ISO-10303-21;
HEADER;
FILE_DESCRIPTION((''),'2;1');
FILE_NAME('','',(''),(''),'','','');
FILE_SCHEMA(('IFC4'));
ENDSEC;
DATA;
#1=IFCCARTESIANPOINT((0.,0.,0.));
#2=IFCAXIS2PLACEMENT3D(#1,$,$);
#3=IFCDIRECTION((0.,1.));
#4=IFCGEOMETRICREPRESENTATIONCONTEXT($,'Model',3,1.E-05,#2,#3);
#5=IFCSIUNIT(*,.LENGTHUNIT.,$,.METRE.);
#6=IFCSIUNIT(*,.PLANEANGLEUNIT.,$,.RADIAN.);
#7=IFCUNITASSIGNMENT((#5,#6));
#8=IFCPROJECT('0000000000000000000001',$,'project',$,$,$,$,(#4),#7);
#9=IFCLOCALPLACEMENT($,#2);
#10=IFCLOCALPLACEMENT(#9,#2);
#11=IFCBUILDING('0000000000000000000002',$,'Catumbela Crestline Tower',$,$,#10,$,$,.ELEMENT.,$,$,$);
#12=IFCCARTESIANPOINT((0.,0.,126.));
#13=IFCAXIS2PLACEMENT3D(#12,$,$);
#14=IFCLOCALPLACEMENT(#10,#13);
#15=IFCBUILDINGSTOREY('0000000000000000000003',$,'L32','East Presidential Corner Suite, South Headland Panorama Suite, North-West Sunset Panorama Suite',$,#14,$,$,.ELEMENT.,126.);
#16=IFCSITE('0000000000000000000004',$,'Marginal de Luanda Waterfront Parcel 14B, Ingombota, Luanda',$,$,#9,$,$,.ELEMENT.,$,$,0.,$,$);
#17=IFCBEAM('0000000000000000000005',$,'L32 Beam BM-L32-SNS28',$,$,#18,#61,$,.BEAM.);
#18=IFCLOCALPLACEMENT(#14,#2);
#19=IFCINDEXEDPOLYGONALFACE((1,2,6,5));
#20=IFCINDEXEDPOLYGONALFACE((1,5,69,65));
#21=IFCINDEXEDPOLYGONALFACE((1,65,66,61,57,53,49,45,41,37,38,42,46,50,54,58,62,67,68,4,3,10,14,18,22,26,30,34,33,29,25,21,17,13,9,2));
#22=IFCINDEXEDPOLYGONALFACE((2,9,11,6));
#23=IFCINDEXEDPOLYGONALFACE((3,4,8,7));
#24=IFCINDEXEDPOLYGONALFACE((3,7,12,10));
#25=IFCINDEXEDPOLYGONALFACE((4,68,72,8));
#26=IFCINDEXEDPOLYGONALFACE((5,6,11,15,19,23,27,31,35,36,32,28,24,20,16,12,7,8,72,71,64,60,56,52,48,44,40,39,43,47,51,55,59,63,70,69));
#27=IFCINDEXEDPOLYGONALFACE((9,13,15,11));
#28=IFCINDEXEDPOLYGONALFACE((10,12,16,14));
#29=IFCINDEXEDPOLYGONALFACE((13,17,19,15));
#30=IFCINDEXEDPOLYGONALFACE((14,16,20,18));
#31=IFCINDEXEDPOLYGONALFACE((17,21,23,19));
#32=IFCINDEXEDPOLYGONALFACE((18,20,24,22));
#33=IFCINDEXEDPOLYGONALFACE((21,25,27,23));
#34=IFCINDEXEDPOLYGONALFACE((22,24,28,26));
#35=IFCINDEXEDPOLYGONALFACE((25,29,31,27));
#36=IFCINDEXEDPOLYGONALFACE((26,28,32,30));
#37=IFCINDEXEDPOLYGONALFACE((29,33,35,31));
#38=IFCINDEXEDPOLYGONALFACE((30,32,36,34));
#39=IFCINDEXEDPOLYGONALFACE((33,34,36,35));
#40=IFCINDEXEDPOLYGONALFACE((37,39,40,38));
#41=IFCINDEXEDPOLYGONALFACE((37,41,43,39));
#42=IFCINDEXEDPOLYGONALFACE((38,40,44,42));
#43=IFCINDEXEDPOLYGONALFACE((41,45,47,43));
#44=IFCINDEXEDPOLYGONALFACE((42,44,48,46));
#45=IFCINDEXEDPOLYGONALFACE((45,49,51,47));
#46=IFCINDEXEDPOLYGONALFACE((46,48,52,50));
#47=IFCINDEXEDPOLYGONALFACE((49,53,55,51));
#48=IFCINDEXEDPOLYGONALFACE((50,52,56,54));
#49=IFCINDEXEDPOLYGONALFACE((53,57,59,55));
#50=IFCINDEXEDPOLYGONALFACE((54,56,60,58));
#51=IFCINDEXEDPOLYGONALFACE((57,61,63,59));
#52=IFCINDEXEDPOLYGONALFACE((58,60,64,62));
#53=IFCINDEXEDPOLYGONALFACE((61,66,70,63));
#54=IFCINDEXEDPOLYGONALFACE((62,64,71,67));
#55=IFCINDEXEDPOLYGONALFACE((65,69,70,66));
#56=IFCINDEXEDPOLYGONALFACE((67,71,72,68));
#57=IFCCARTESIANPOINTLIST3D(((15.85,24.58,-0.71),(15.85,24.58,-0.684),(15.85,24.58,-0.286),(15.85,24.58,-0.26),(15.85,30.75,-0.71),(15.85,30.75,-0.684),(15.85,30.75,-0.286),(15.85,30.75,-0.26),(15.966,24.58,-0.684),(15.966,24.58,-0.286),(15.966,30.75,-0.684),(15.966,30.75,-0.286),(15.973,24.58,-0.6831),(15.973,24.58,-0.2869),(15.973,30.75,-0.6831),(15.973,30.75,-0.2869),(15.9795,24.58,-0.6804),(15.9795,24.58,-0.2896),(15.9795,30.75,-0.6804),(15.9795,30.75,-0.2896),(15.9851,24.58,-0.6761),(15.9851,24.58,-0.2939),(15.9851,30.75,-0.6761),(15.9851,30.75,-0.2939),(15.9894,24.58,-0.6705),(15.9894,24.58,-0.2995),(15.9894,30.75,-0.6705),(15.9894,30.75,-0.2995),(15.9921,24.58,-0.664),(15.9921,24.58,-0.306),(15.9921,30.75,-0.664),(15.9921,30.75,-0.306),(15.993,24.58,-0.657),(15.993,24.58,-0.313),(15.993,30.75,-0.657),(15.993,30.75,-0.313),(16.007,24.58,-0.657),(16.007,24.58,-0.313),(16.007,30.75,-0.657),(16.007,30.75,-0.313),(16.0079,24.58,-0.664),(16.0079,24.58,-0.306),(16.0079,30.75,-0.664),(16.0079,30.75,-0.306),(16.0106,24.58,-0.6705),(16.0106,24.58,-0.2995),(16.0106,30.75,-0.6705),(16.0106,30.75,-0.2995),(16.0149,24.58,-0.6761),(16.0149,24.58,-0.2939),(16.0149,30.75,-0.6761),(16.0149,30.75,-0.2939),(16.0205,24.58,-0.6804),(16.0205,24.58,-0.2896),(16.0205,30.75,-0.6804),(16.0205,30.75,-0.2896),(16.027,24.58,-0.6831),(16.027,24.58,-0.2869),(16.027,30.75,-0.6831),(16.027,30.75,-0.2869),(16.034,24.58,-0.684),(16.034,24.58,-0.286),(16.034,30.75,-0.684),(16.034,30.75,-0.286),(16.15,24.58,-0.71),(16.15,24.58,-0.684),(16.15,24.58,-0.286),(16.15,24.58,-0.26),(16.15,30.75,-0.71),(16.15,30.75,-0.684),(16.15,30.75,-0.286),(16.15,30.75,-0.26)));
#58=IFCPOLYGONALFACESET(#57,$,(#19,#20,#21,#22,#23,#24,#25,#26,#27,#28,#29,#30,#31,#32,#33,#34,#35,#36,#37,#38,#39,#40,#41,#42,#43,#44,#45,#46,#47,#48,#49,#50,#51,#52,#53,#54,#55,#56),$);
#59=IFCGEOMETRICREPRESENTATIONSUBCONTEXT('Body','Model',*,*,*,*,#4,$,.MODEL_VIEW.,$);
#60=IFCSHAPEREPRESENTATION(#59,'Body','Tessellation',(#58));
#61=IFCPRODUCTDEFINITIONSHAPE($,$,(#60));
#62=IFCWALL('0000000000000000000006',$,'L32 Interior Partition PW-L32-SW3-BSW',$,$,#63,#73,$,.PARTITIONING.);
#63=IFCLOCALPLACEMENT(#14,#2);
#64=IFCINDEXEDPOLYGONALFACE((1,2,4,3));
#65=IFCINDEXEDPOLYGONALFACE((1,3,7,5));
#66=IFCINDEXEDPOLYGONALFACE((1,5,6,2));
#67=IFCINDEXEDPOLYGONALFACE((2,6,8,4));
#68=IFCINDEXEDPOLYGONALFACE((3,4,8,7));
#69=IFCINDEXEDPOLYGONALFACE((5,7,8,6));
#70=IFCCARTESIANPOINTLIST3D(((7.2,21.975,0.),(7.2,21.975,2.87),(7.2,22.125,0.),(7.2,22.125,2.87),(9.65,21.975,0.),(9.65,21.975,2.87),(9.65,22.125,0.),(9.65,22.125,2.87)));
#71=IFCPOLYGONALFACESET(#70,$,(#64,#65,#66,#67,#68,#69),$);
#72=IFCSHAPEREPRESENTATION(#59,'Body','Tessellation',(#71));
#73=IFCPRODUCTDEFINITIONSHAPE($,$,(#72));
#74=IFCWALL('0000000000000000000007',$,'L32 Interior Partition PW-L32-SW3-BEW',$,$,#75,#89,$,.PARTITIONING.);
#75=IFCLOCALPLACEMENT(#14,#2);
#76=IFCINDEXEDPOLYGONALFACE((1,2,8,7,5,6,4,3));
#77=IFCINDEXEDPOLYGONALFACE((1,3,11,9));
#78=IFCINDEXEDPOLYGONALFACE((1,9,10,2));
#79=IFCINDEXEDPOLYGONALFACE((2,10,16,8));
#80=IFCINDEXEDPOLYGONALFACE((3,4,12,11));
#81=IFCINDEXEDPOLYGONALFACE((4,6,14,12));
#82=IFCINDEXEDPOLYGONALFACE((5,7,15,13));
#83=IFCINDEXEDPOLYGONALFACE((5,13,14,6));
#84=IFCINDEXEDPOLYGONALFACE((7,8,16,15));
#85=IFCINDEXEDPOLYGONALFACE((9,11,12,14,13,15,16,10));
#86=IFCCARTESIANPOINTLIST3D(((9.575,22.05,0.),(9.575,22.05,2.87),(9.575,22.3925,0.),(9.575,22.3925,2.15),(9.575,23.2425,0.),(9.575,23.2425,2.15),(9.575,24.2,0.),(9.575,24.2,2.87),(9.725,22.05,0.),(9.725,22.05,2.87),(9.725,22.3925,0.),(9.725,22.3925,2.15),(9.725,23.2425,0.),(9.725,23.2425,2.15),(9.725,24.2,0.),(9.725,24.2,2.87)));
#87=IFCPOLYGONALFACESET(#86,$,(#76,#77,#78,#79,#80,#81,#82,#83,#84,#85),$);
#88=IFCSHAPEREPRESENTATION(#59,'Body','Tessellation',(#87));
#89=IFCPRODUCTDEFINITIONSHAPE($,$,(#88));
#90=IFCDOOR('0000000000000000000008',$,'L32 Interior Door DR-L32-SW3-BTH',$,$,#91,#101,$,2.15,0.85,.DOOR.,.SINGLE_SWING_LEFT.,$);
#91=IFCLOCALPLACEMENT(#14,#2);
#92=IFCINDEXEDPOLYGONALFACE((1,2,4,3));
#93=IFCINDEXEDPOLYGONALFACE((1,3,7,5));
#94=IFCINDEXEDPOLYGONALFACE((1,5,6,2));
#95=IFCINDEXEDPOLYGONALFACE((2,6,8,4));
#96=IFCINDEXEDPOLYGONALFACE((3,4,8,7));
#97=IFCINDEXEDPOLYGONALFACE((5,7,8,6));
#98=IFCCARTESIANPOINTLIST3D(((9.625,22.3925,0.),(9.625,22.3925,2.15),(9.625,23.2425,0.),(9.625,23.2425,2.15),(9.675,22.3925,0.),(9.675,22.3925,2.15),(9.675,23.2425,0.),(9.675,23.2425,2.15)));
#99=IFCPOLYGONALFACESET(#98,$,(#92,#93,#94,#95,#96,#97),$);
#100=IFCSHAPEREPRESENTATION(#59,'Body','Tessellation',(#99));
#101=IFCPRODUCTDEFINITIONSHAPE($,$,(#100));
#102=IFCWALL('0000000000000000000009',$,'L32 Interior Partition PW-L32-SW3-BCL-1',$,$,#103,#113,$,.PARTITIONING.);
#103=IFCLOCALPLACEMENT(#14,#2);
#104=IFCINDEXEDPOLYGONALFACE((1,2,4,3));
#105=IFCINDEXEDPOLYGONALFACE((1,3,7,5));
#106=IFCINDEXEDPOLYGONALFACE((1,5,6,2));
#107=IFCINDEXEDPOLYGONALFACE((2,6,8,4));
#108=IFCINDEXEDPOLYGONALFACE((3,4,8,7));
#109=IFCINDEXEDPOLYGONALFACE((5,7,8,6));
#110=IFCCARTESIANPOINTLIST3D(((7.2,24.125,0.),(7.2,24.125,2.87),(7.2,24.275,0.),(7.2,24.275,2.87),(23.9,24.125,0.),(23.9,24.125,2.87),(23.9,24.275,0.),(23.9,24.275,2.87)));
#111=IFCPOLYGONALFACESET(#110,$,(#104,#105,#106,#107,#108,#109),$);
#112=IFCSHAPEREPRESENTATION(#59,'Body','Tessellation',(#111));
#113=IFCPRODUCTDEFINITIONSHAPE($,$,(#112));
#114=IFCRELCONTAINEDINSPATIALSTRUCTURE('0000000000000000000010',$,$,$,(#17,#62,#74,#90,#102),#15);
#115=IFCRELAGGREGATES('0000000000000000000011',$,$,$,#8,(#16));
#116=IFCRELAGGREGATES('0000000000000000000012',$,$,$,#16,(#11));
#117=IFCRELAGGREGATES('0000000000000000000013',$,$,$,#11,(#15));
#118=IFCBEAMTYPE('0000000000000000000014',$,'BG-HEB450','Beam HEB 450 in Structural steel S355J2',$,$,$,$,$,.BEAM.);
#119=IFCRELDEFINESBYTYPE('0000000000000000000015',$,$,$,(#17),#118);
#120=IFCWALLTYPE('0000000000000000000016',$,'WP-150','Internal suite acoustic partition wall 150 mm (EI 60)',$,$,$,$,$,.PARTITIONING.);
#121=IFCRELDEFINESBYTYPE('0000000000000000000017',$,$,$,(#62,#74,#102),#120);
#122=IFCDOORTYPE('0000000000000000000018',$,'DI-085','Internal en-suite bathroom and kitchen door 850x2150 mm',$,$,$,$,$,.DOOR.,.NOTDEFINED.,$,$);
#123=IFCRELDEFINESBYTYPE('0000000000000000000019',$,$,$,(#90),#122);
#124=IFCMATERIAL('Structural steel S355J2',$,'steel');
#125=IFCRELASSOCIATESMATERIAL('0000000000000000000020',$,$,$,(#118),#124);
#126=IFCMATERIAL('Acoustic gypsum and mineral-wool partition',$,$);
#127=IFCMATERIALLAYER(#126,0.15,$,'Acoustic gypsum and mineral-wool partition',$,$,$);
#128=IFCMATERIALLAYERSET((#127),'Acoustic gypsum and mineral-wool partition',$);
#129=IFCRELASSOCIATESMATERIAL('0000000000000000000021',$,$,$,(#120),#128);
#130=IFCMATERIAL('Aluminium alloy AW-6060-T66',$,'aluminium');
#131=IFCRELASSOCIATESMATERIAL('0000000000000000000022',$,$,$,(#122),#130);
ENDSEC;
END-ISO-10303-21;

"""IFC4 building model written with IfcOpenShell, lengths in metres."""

from ifc_helpers import new_model, si_unit, direction, frame, frame_2d, origin, origin_2d, place, context, subcontext, project, spatial, rectangle, i_section, extrude, material, layer, layer_set, material_profile, profile_set, type_object, element, fill, save


model = new_model("IFC4")

# Units and contexts
model_context = context("Model", 3, precision=1e-05, world=origin(), true_north=direction((0.0, 1.0)))
body_context = subcontext(model_context, "Body", "Model", "MODEL_VIEW")
ifc_project = project(units=[si_unit("LENGTHUNIT", "METRE"), si_unit("PLANEANGLEUNIT", "RADIAN")], contexts=[model_context])

# Site, building, storey
site_placement = place(None, origin())
site = spatial("IfcSite", under=ifc_project, at=site_placement, Name="Marginal de Luanda Waterfront Parcel 14B, Ingombota, Luanda", CompositionType="ELEMENT", RefElevation=0.0)
building_placement = place(site_placement, origin())
building = spatial("IfcBuilding", under=site, at=building_placement, Name="Catumbela Crestline Tower", CompositionType="ELEMENT")
storey_placement = place(building_placement, frame((0.0, 0.0, 126.0)))
storey = spatial("IfcBuildingStorey", under=building, at=storey_placement, Name="L32", Description="East Presidential Corner Suite, South Headland Panorama Suite, North-West Sunset Panorama Suite", CompositionType="ELEMENT", Elevation=126.0)

# Beam
ifc_material_1 = material(Name="Structural steel S355J2", Category="steel")
ifc_material_profile_1 = material_profile(ifc_material_1, i_section(OverallWidth=0.3, OverallDepth=0.45, WebThickness=0.014, FlangeThickness=0.026, FilletRadius=0.027, at=origin_2d()), Name="HEB 450")
ifc_profile_set_1 = profile_set([ifc_material_profile_1], Name="Structural steel S355J2")
beam_type = type_object("IfcBeamType", Name="BG-HEB450", Description="Beam HEB 450 in Structural steel S355J2", PredefinedType="BEAM", material=ifc_profile_set_1)
beam_1_placement = place(storey_placement, frame((16.0, 24.58, -0.485), z_axis=(0.0, 1.0, 0.0), x_axis=(-1.0, 0.0, 0.0)))
element("IfcBeam", 1, at=beam_1_placement, inside=storey, type_object=beam_type, Name="L32 Beam BM-L32-SNS28", PredefinedType="BEAM", context=body_context, shape_type="SweptSolid", body=[
    extrude(i_section(OverallWidth=0.3, OverallDepth=0.45, WebThickness=0.014, FlangeThickness=0.026, FilletRadius=0.027, at=origin_2d()), origin(), (0.0, 0.0, 1.0), 6.17),
])

# Wall
ifc_material_2 = material(Name="Acoustic gypsum and mineral-wool partition")
ifc_layer = layer(ifc_material_2, 0.15, Name="Acoustic gypsum and mineral-wool partition")
ifc_layer_set = layer_set([ifc_layer], Name="Acoustic gypsum and mineral-wool partition")
wall_type = type_object("IfcWallType", Name="WP-150", Description="Internal suite acoustic partition wall 150 mm (EI 60)", PredefinedType="PARTITIONING", material=ifc_layer_set)
wall_1_placement = place(storey_placement, frame((7.2, 22.05, 0.0), z_axis=(0.0, 0.0, 1.0), x_axis=(1.0, 0.0, 0.0)))
element("IfcWall", 2, at=wall_1_placement, inside=storey, type_object=wall_type, Name="L32 Interior Partition PW-L32-SW3-BSW", PredefinedType="PARTITIONING", context=body_context, shape_type="SweptSolid", body=[
    extrude(rectangle(XDim=2.45, YDim=0.15, at=frame_2d((1.225, 0.0))), origin(), (0.0, 0.0, 1.0), 2.87),
])

# Wall, opening, door
wall_2_placement = place(storey_placement, frame((9.65, 22.05, 0.0), z_axis=(0.0, 0.0, 1.0), x_axis=(0.0, 1.0, 0.0)))
wall_2 = element("IfcWall", 3, at=wall_2_placement, inside=storey, type_object=wall_type, Name="L32 Interior Partition PW-L32-SW3-BEW", PredefinedType="PARTITIONING", context=body_context, shape_type="SweptSolid", body=[
    extrude(rectangle(XDim=2.15, YDim=0.15, at=frame_2d((1.075, 0.0))), origin(), (0.0, 0.0, 1.0), 2.87),
])
opening_placement = place(wall_2_placement, frame((0.3425, 0.0, 0.0)))
opening = element("IfcOpeningElement", 4, at=opening_placement, cuts=wall_2, PredefinedType="OPENING", context=body_context, shape_type="SweptSolid", body=[
    extrude(rectangle(XDim=0.85, YDim=2.15, at=frame_2d((0.425, 1.075))), frame((0.0, 0.085, 0.0), z_axis=(0.0, -1.0, 0.0), x_axis=(1.0, 0.0, 0.0)), (0.0, 0.0, 1.0), 0.17),
])
ifc_material_3 = material(Name="Aluminium alloy AW-6060-T66", Category="aluminium")
door_type = type_object("IfcDoorType", Name="DI-085", Description="Internal en-suite bathroom and kitchen door 850x2150 mm", OperationType="NOTDEFINED", PredefinedType="DOOR", material=ifc_material_3)
door_placement = place(opening_placement, origin())
door = element("IfcDoor", 5, at=door_placement, inside=storey, type_object=door_type, Name="L32 Interior Door DR-L32-SW3-BTH", OperationType="SINGLE_SWING_LEFT", OverallHeight=2.15, OverallWidth=0.85, PredefinedType="DOOR", context=body_context, shape_type="SweptSolid", body=[
    extrude(rectangle(XDim=0.85, YDim=2.15, at=frame_2d((0.425, 1.075))), frame((0.0, 0.025, 0.0), z_axis=(0.0, -1.0, 0.0), x_axis=(1.0, 0.0, 0.0)), (0.0, 0.0, 1.0), 0.05),
])
fill(opening, door)

# Wall
wall_3_placement = place(storey_placement, frame((7.2, 24.2, 0.0), z_axis=(0.0, 0.0, 1.0), x_axis=(1.0, 0.0, 0.0)))
element("IfcWall", 6, at=wall_3_placement, inside=storey, type_object=wall_type, Name="L32 Interior Partition PW-L32-SW3-BCL-1", PredefinedType="PARTITIONING", context=body_context, shape_type="SweptSolid", body=[
    extrude(rectangle(XDim=16.7, YDim=0.15, at=frame_2d((8.35, 0.0))), origin(), (0.0, 0.0, 1.0), 2.87),
])

save(model, "model.ifc")
